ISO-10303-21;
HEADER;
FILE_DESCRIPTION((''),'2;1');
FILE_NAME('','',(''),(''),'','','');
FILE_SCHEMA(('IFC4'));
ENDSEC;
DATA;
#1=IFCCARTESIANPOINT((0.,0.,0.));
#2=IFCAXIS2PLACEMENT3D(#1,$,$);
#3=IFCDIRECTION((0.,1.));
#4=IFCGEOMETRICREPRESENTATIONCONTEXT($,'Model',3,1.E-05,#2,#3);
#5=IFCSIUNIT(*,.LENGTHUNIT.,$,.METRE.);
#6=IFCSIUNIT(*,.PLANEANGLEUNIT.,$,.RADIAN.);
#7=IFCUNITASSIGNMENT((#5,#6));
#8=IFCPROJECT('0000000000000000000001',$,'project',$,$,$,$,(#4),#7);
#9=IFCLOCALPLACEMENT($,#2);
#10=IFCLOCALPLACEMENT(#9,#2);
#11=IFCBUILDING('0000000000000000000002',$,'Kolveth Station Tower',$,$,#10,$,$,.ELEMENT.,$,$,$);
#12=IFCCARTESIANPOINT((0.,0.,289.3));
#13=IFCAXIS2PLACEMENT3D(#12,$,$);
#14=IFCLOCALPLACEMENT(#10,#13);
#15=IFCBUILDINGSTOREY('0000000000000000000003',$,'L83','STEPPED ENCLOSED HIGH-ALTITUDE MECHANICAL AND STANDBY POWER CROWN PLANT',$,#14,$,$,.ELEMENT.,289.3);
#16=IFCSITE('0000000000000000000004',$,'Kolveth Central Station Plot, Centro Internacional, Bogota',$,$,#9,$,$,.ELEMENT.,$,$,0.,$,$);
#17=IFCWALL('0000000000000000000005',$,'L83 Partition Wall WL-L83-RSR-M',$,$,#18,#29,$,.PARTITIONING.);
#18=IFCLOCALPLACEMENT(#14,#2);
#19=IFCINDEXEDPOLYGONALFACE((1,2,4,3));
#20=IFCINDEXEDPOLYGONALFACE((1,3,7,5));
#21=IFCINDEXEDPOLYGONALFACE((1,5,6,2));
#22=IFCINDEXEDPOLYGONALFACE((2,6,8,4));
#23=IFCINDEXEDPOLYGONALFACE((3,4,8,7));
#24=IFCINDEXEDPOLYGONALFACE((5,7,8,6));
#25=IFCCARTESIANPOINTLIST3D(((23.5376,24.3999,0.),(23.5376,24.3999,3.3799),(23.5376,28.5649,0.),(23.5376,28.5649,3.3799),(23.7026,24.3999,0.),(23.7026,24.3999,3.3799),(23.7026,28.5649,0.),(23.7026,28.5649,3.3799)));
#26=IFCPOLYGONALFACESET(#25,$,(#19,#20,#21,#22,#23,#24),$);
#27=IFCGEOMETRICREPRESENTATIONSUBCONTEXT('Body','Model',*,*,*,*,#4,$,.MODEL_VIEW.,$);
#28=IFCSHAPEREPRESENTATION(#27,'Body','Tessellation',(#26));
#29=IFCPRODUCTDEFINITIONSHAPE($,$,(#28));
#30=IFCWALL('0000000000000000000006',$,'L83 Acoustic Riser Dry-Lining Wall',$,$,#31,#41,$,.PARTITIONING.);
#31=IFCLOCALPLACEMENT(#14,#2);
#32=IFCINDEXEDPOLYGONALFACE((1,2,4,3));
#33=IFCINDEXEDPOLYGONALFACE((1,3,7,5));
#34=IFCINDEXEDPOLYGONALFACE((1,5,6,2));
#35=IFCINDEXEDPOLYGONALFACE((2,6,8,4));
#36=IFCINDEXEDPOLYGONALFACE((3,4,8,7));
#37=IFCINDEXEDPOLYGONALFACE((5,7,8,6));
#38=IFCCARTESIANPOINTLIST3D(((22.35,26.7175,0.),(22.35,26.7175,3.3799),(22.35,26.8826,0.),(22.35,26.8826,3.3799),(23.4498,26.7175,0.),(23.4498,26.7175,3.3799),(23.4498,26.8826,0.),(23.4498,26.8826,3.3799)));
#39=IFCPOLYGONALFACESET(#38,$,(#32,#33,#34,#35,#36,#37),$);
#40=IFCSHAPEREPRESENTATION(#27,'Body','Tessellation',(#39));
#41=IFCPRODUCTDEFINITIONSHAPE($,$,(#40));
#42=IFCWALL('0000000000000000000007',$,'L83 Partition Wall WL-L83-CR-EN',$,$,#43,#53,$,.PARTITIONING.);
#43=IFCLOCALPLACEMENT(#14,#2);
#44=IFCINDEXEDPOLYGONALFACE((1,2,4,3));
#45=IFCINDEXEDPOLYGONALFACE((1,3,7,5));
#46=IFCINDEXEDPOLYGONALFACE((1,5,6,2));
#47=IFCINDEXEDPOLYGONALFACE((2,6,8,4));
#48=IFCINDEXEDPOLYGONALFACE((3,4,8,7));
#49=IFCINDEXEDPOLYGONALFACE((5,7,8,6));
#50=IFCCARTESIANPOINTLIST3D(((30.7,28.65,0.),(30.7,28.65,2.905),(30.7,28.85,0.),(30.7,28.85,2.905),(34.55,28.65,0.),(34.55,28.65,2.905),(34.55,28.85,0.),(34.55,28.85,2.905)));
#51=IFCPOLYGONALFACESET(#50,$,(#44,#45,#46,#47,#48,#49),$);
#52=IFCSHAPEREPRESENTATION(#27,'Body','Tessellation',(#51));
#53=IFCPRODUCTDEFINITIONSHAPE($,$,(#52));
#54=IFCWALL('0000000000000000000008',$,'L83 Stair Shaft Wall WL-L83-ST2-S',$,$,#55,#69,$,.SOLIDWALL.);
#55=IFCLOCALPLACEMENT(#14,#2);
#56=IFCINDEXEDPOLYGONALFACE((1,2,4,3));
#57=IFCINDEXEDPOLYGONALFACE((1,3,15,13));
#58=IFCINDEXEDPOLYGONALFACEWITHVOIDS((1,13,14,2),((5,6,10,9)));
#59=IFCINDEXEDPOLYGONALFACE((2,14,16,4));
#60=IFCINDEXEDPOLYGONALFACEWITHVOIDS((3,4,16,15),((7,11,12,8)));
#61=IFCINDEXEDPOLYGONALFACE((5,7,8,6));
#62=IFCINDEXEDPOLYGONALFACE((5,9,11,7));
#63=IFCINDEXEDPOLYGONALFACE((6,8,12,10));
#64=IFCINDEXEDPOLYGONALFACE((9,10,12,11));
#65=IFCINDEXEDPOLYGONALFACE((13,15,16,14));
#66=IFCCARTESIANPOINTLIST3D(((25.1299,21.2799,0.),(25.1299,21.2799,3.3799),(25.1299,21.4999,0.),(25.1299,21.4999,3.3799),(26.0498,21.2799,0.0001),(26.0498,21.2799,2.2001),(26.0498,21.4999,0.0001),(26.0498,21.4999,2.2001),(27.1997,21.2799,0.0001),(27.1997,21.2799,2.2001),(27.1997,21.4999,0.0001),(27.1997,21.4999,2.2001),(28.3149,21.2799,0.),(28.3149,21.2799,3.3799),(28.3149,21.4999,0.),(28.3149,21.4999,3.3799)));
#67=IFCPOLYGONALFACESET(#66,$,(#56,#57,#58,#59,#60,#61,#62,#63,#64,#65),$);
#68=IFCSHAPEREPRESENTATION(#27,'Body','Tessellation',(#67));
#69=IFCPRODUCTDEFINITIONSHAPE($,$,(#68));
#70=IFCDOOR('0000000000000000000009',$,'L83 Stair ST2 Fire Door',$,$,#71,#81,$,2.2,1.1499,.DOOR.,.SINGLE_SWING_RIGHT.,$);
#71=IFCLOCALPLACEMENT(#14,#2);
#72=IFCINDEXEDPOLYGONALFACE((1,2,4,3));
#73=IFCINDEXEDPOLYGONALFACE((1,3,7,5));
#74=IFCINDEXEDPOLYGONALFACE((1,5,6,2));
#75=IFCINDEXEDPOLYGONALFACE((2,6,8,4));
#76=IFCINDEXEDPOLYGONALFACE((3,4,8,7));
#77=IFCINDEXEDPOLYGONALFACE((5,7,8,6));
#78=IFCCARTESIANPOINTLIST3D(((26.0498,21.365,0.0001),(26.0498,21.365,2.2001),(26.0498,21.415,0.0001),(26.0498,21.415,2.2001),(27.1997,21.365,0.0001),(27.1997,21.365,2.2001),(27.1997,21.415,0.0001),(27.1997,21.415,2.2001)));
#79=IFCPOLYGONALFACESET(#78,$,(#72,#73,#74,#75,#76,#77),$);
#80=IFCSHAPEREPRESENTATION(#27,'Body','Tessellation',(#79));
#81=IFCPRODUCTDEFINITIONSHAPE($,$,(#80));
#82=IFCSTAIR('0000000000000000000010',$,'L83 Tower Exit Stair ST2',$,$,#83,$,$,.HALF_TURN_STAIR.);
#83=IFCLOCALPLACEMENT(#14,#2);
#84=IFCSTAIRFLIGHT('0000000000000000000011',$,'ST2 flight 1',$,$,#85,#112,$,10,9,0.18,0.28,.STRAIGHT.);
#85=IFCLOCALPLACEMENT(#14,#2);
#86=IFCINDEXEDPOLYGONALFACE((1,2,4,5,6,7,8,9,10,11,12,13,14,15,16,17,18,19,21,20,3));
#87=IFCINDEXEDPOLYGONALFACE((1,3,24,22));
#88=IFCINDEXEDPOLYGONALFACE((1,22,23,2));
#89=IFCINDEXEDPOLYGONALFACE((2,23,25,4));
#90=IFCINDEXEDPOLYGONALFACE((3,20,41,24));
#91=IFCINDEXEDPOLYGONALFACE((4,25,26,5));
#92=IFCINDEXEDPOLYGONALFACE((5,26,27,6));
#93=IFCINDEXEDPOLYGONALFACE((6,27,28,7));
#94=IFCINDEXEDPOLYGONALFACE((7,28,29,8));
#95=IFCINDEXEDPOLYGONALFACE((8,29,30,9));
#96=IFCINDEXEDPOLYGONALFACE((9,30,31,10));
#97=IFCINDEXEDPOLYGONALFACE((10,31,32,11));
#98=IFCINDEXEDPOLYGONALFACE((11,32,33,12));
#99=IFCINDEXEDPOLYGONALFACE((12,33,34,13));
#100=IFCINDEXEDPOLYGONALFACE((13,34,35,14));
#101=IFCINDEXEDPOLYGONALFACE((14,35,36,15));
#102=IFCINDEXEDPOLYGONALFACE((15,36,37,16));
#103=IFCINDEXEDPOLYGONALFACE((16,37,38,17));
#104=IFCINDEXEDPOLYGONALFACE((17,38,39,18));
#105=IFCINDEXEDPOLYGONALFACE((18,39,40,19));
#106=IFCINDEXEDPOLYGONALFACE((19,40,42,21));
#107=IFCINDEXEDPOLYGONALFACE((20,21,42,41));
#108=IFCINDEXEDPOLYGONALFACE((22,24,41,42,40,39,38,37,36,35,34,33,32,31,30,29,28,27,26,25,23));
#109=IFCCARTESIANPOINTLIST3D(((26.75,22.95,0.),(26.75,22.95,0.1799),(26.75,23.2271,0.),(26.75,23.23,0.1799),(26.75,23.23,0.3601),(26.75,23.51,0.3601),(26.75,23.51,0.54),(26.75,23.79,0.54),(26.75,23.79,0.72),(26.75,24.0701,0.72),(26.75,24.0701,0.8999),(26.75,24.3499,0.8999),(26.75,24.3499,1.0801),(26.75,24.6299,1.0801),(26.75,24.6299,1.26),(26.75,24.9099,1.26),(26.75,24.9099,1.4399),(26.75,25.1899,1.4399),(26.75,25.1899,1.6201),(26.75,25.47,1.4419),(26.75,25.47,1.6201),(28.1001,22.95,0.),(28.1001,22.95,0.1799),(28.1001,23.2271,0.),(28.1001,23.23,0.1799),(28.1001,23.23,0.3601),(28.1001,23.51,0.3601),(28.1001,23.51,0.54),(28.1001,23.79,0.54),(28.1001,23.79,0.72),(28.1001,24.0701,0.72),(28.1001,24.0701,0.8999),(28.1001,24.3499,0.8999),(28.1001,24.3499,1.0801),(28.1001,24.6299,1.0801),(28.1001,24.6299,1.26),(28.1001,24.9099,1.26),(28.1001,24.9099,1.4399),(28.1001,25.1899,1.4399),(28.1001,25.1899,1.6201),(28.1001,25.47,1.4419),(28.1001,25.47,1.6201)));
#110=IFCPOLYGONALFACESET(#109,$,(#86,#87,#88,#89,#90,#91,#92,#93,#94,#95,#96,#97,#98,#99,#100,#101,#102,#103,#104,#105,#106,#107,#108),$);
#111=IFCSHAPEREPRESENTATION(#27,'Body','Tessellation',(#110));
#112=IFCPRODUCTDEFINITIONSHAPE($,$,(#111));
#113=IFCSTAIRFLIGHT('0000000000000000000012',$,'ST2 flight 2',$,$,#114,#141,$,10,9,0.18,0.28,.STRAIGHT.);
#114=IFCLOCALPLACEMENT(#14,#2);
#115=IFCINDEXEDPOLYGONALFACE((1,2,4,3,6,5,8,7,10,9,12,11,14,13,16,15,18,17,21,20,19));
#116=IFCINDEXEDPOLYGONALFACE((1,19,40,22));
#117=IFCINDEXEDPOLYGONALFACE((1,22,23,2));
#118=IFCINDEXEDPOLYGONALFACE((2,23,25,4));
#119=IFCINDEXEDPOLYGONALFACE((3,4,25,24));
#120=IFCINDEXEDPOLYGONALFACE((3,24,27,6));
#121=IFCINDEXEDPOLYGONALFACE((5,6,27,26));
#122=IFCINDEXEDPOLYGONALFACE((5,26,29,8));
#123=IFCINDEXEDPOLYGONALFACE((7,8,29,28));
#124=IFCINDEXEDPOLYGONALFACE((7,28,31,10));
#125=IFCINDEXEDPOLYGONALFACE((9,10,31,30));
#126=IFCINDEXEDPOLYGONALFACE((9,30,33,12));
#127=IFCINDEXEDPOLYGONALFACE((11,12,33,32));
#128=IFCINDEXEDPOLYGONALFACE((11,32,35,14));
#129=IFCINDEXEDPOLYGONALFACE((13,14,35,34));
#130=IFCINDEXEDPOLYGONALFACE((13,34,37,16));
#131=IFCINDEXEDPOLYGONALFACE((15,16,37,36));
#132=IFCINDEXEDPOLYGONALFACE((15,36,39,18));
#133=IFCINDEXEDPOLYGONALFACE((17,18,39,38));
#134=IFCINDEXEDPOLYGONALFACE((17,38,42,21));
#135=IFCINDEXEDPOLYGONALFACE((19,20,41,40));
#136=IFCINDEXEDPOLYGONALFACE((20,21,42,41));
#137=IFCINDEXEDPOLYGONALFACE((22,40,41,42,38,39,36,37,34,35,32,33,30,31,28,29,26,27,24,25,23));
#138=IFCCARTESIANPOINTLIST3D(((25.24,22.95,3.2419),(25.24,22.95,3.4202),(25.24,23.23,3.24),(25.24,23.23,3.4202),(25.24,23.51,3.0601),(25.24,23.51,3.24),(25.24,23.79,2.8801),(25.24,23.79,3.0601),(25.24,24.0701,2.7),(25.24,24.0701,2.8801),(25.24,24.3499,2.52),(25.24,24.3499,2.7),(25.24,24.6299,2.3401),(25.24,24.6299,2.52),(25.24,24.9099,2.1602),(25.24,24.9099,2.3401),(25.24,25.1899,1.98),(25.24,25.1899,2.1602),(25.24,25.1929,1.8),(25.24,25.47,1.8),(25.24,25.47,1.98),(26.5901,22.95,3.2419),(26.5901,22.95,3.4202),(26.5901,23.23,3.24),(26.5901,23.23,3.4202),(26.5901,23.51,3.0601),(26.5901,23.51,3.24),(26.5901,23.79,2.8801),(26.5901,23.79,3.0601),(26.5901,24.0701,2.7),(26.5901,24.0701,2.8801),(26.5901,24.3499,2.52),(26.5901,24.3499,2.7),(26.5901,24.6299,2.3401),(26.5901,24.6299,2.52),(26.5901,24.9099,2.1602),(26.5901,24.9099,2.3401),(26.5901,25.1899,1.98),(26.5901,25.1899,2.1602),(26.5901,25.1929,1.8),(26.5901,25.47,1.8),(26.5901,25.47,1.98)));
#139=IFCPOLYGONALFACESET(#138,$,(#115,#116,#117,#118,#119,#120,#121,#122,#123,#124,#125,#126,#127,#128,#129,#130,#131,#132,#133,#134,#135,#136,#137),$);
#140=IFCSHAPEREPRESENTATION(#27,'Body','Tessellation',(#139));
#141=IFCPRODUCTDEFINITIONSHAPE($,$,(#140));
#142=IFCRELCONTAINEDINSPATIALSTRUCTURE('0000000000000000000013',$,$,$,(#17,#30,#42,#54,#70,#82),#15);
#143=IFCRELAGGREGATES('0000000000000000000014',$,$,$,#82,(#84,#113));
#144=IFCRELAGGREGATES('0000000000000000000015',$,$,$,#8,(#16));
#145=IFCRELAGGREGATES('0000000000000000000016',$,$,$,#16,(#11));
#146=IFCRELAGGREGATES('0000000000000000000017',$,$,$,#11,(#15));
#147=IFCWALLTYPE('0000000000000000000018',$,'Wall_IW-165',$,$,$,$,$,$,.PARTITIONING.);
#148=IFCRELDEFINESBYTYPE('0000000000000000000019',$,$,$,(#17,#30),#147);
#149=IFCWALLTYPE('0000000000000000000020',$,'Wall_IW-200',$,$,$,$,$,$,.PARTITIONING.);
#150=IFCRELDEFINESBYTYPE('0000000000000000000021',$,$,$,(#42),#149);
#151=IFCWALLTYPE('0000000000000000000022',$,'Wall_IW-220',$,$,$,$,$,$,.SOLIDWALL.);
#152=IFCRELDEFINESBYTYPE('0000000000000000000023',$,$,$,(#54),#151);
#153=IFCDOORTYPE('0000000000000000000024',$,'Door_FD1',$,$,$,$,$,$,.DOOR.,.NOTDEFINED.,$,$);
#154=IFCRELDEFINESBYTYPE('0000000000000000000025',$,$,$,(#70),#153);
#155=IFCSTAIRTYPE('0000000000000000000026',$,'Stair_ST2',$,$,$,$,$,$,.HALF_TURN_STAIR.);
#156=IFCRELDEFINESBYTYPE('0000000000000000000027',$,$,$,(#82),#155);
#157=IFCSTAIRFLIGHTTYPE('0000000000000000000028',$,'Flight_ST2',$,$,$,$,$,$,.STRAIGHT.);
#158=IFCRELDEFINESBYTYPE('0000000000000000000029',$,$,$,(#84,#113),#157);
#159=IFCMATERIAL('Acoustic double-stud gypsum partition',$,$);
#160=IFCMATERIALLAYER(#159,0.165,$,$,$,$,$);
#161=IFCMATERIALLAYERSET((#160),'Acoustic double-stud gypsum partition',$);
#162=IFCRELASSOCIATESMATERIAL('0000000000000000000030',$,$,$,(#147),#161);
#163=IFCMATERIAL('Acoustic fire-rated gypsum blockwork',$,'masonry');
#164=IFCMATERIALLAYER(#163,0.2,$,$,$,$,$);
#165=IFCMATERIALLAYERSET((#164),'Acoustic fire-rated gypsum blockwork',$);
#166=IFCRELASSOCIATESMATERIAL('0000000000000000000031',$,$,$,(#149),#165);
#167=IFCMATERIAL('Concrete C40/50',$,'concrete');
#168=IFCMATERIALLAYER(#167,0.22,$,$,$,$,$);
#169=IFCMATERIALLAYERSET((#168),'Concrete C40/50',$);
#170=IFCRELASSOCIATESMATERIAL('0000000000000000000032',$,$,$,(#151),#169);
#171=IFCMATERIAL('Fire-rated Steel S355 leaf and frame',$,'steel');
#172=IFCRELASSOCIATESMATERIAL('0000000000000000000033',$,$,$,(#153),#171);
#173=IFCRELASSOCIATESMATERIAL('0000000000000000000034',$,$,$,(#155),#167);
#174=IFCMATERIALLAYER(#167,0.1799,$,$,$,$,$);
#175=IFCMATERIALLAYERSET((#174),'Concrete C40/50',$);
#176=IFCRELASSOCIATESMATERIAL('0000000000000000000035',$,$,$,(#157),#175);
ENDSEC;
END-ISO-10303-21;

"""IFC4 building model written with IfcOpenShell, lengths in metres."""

from ifc_helpers import new_model, si_unit, direction, frame, frame_2d, origin, place, context, subcontext, project, spatial, polyline, rectangle, outline, extrude, material, layer, layer_set, type_object, element, fill, aggregate, save


model = new_model("IFC4")

# Units and contexts
model_context = context("Model", 3, precision=1e-05, world=origin(), true_north=direction((0.0, 1.0)))
body_context = subcontext(model_context, "Body", "Model", "MODEL_VIEW")
ifc_project = project(units=[si_unit("LENGTHUNIT", "METRE"), si_unit("PLANEANGLEUNIT", "RADIAN")], contexts=[model_context])

# Site, building, storey
site_placement = place(None, origin())
site = spatial("IfcSite", under=ifc_project, at=site_placement, Name="Kolveth Central Station Plot, Centro Internacional, Bogota", CompositionType="ELEMENT", RefElevation=0.0)
building_placement = place(site_placement, origin())
building = spatial("IfcBuilding", under=site, at=building_placement, Name="Kolveth Station Tower", CompositionType="ELEMENT")
storey_placement = place(building_placement, frame((0.0, 0.0, 289.3)))
storey = spatial("IfcBuildingStorey", under=building, at=storey_placement, Name="L83", Description="STEPPED ENCLOSED HIGH-ALTITUDE MECHANICAL AND STANDBY POWER CROWN PLANT", CompositionType="ELEMENT", Elevation=289.3)

# Walls
ifc_material_1 = material(Name="Acoustic double-stud gypsum partition")
ifc_layer_1 = layer(ifc_material_1, 0.165)
ifc_layer_set_1 = layer_set([ifc_layer_1], Name="Acoustic double-stud gypsum partition")
wall_type_1 = type_object("IfcWallType", Name="Wall_IW-165", PredefinedType="PARTITIONING", material=ifc_layer_set_1)
wall_1_placement = place(storey_placement, frame((23.6201, 24.3999, 0.0), z_axis=(0.0, 0.0, 1.0), x_axis=(0.0, 1.0, 0.0)))
element("IfcWall", 1, at=wall_1_placement, inside=storey, type_object=wall_type_1, Name="L83 Partition Wall WL-L83-RSR-M", PredefinedType="PARTITIONING", context=body_context, shape_type="SweptSolid", body=[
    extrude(rectangle(XDim=4.165, YDim=0.165, at=frame_2d((2.0825, 0.0))), origin(), (0.0, 0.0, 1.0), 3.3799),
])
wall_2_placement = place(storey_placement, frame((22.3501, 26.8, 0.0), z_axis=(0.0, 0.0, 1.0), x_axis=(1.0, 0.0, 0.0)))
element("IfcWall", 2, at=wall_2_placement, inside=storey, type_object=wall_type_1, Name="L83 Acoustic Riser Dry-Lining Wall", PredefinedType="PARTITIONING", context=body_context, shape_type="SweptSolid", body=[
    extrude(rectangle(XDim=1.0999, YDim=0.165, at=frame_2d((0.5498, 0.0))), origin(), (0.0, 0.0, 1.0), 3.3799),
])
ifc_material_2 = material(Name="Acoustic fire-rated gypsum blockwork", Category="masonry")
ifc_layer_2 = layer(ifc_material_2, 0.2)
ifc_layer_set_2 = layer_set([ifc_layer_2], Name="Acoustic fire-rated gypsum blockwork")
wall_type_2 = type_object("IfcWallType", Name="Wall_IW-200", PredefinedType="PARTITIONING", material=ifc_layer_set_2)
wall_3_placement = place(storey_placement, frame((30.7, 28.75, 0.0), z_axis=(0.0, 0.0, 1.0), x_axis=(1.0, 0.0, 0.0)))
element("IfcWall", 3, at=wall_3_placement, inside=storey, type_object=wall_type_2, Name="L83 Partition Wall WL-L83-CR-EN", PredefinedType="PARTITIONING", context=body_context, shape_type="SweptSolid", body=[
    extrude(rectangle(XDim=3.8501, YDim=0.2, at=frame_2d((1.925, 0.0))), origin(), (0.0, 0.0, 1.0), 2.905),
])

# Wall, opening, door
ifc_material_3 = material(Name="Concrete C40/50", Category="concrete")
ifc_layer_3 = layer(ifc_material_3, 0.22)
ifc_layer_set_3 = layer_set([ifc_layer_3], Name="Concrete C40/50")
wall_type_3 = type_object("IfcWallType", Name="Wall_IW-220", PredefinedType="SOLIDWALL", material=ifc_layer_set_3)
wall_4_placement = place(storey_placement, frame((25.1299, 21.3899, 0.0), z_axis=(0.0, 0.0, 1.0), x_axis=(1.0, 0.0, 0.0)))
wall_4 = element("IfcWall", 4, at=wall_4_placement, inside=storey, type_object=wall_type_3, Name="L83 Stair Shaft Wall WL-L83-ST2-S", PredefinedType="SOLIDWALL", context=body_context, shape_type="SweptSolid", body=[
    extrude(rectangle(XDim=3.1851, YDim=0.22, at=frame_2d((1.5925, 0.0))), origin(), (0.0, 0.0, 1.0), 3.3799),
])
opening_placement = place(wall_4_placement, frame((0.9199, 0.0, 0.0)))
opening = element("IfcOpeningElement", 5, at=opening_placement, cuts=wall_4, PredefinedType="OPENING", context=body_context, shape_type="SweptSolid", body=[
    extrude(rectangle(XDim=1.1499, YDim=2.2, at=frame_2d((0.575, 1.1001))), frame((0.0, 0.1199, 0.0), z_axis=(0.0, -1.0, 0.0), x_axis=(1.0, 0.0, 0.0)), (0.0, 0.0, 1.0), 0.24),
])
ifc_material_4 = material(Name="Fire-rated Steel S355 leaf and frame", Category="steel")
door_type = type_object("IfcDoorType", Name="Door_FD1", OperationType="NOTDEFINED", PredefinedType="DOOR", material=ifc_material_4)
door_placement = place(opening_placement, frame((1.1499, 0.0, 0.0), z_axis=(0.0, 0.0, 1.0), x_axis=(-1.0, 0.0, 0.0)))
door = element("IfcDoor", 6, at=door_placement, inside=storey, type_object=door_type, Name="L83 Stair ST2 Fire Door", OperationType="SINGLE_SWING_RIGHT", OverallHeight=2.2, OverallWidth=1.1499, PredefinedType="DOOR", context=body_context, shape_type="SweptSolid", body=[
    extrude(rectangle(XDim=1.1499, YDim=2.2, at=frame_2d((0.575, 1.1001))), frame((0.0, 0.0249, 0.0), z_axis=(0.0, -1.0, 0.0), x_axis=(1.0, 0.0, 0.0)), (0.0, 0.0, 1.0), 0.05),
])
fill(opening, door)

# Stair, stair flights
stair_type = type_object("IfcStairType", Name="Stair_ST2", PredefinedType="HALF_TURN_STAIR", material=ifc_material_3)
stair_placement = place(storey_placement, origin())
stair = element("IfcStair", 7, at=stair_placement, inside=storey, type_object=stair_type, Name="L83 Tower Exit Stair ST2", PredefinedType="HALF_TURN_STAIR")
ifc_layer_4 = layer(ifc_material_3, 0.1799)
ifc_layer_set_4 = layer_set([ifc_layer_4], Name="Concrete C40/50")
stair_flight_type = type_object("IfcStairFlightType", Name="Flight_ST2", PredefinedType="STRAIGHT", material=ifc_layer_set_4)
stair_flight_1_placement = place(storey_placement, frame((27.425, 22.95, 0.0), z_axis=(0.0, 0.0, 1.0), x_axis=(0.0, 1.0, 0.0)))
stair_flight_1 = element("IfcStairFlight", 8, at=stair_flight_1_placement, type_object=stair_flight_type, Name="ST2 flight 1", NumberOfRisers=10, NumberOfTreads=9, PredefinedType="STRAIGHT", RiserHeight=0.18, TreadLength=0.28, context=body_context, shape_type="SweptSolid", body=[
    extrude(outline(polyline([(0.0, 0.0), (0.0, 0.1799), (0.28, 0.1799), (0.28, 0.3601), (0.5601, 0.3601), (0.5601, 0.54), (0.8401, 0.54), (0.8401, 0.72), (1.1201, 0.72), (1.1201, 0.8999), (1.3999, 0.8999), (1.3999, 1.0801), (1.6799, 1.0801), (1.6799, 1.26), (1.96, 1.26), (1.96, 1.4399), (2.24, 1.4399), (2.24, 1.6201), (2.52, 1.6201), (2.52, 1.8), (2.52, 1.4419), (0.2771, 0.0), (0.0, 0.0)])), frame((0.0, 0.675, 0.0), z_axis=(0.0, -1.0, 0.0), x_axis=(1.0, 0.0, 0.0)), (0.0, 0.0, 1.0), 1.3501),
])
stair_flight_2_placement = place(storey_placement, frame((25.915, 25.47, 1.8), z_axis=(0.0, 0.0, 1.0), x_axis=(0.0, -1.0, 0.0)))
stair_flight_2 = element("IfcStairFlight", 9, at=stair_flight_2_placement, type_object=stair_flight_type, Name="ST2 flight 2", NumberOfRisers=10, NumberOfTreads=9, PredefinedType="STRAIGHT", RiserHeight=0.18, TreadLength=0.28, context=body_context, shape_type="SweptSolid", body=[
    extrude(outline(polyline([(0.0, 0.0), (0.0, 0.1799), (0.28, 0.1799), (0.28, 0.3601), (0.5601, 0.3601), (0.5601, 0.54), (0.8401, 0.54), (0.8401, 0.72), (1.1201, 0.72), (1.1201, 0.8999), (1.3999, 0.8999), (1.3999, 1.0801), (1.6799, 1.0801), (1.6799, 1.26), (1.96, 1.26), (1.96, 1.4399), (2.24, 1.4399), (2.24, 1.6201), (2.52, 1.6201), (2.52, 1.8), (2.52, 1.4419), (0.2771, 0.0), (0.0, 0.0)])), frame((0.0, 0.675, 0.0), z_axis=(0.0, -1.0, 0.0), x_axis=(1.0, 0.0, 0.0)), (0.0, 0.0, 1.0), 1.3501),
])
aggregate(stair, [stair_flight_1, stair_flight_2])

save(model, "model.ifc")
